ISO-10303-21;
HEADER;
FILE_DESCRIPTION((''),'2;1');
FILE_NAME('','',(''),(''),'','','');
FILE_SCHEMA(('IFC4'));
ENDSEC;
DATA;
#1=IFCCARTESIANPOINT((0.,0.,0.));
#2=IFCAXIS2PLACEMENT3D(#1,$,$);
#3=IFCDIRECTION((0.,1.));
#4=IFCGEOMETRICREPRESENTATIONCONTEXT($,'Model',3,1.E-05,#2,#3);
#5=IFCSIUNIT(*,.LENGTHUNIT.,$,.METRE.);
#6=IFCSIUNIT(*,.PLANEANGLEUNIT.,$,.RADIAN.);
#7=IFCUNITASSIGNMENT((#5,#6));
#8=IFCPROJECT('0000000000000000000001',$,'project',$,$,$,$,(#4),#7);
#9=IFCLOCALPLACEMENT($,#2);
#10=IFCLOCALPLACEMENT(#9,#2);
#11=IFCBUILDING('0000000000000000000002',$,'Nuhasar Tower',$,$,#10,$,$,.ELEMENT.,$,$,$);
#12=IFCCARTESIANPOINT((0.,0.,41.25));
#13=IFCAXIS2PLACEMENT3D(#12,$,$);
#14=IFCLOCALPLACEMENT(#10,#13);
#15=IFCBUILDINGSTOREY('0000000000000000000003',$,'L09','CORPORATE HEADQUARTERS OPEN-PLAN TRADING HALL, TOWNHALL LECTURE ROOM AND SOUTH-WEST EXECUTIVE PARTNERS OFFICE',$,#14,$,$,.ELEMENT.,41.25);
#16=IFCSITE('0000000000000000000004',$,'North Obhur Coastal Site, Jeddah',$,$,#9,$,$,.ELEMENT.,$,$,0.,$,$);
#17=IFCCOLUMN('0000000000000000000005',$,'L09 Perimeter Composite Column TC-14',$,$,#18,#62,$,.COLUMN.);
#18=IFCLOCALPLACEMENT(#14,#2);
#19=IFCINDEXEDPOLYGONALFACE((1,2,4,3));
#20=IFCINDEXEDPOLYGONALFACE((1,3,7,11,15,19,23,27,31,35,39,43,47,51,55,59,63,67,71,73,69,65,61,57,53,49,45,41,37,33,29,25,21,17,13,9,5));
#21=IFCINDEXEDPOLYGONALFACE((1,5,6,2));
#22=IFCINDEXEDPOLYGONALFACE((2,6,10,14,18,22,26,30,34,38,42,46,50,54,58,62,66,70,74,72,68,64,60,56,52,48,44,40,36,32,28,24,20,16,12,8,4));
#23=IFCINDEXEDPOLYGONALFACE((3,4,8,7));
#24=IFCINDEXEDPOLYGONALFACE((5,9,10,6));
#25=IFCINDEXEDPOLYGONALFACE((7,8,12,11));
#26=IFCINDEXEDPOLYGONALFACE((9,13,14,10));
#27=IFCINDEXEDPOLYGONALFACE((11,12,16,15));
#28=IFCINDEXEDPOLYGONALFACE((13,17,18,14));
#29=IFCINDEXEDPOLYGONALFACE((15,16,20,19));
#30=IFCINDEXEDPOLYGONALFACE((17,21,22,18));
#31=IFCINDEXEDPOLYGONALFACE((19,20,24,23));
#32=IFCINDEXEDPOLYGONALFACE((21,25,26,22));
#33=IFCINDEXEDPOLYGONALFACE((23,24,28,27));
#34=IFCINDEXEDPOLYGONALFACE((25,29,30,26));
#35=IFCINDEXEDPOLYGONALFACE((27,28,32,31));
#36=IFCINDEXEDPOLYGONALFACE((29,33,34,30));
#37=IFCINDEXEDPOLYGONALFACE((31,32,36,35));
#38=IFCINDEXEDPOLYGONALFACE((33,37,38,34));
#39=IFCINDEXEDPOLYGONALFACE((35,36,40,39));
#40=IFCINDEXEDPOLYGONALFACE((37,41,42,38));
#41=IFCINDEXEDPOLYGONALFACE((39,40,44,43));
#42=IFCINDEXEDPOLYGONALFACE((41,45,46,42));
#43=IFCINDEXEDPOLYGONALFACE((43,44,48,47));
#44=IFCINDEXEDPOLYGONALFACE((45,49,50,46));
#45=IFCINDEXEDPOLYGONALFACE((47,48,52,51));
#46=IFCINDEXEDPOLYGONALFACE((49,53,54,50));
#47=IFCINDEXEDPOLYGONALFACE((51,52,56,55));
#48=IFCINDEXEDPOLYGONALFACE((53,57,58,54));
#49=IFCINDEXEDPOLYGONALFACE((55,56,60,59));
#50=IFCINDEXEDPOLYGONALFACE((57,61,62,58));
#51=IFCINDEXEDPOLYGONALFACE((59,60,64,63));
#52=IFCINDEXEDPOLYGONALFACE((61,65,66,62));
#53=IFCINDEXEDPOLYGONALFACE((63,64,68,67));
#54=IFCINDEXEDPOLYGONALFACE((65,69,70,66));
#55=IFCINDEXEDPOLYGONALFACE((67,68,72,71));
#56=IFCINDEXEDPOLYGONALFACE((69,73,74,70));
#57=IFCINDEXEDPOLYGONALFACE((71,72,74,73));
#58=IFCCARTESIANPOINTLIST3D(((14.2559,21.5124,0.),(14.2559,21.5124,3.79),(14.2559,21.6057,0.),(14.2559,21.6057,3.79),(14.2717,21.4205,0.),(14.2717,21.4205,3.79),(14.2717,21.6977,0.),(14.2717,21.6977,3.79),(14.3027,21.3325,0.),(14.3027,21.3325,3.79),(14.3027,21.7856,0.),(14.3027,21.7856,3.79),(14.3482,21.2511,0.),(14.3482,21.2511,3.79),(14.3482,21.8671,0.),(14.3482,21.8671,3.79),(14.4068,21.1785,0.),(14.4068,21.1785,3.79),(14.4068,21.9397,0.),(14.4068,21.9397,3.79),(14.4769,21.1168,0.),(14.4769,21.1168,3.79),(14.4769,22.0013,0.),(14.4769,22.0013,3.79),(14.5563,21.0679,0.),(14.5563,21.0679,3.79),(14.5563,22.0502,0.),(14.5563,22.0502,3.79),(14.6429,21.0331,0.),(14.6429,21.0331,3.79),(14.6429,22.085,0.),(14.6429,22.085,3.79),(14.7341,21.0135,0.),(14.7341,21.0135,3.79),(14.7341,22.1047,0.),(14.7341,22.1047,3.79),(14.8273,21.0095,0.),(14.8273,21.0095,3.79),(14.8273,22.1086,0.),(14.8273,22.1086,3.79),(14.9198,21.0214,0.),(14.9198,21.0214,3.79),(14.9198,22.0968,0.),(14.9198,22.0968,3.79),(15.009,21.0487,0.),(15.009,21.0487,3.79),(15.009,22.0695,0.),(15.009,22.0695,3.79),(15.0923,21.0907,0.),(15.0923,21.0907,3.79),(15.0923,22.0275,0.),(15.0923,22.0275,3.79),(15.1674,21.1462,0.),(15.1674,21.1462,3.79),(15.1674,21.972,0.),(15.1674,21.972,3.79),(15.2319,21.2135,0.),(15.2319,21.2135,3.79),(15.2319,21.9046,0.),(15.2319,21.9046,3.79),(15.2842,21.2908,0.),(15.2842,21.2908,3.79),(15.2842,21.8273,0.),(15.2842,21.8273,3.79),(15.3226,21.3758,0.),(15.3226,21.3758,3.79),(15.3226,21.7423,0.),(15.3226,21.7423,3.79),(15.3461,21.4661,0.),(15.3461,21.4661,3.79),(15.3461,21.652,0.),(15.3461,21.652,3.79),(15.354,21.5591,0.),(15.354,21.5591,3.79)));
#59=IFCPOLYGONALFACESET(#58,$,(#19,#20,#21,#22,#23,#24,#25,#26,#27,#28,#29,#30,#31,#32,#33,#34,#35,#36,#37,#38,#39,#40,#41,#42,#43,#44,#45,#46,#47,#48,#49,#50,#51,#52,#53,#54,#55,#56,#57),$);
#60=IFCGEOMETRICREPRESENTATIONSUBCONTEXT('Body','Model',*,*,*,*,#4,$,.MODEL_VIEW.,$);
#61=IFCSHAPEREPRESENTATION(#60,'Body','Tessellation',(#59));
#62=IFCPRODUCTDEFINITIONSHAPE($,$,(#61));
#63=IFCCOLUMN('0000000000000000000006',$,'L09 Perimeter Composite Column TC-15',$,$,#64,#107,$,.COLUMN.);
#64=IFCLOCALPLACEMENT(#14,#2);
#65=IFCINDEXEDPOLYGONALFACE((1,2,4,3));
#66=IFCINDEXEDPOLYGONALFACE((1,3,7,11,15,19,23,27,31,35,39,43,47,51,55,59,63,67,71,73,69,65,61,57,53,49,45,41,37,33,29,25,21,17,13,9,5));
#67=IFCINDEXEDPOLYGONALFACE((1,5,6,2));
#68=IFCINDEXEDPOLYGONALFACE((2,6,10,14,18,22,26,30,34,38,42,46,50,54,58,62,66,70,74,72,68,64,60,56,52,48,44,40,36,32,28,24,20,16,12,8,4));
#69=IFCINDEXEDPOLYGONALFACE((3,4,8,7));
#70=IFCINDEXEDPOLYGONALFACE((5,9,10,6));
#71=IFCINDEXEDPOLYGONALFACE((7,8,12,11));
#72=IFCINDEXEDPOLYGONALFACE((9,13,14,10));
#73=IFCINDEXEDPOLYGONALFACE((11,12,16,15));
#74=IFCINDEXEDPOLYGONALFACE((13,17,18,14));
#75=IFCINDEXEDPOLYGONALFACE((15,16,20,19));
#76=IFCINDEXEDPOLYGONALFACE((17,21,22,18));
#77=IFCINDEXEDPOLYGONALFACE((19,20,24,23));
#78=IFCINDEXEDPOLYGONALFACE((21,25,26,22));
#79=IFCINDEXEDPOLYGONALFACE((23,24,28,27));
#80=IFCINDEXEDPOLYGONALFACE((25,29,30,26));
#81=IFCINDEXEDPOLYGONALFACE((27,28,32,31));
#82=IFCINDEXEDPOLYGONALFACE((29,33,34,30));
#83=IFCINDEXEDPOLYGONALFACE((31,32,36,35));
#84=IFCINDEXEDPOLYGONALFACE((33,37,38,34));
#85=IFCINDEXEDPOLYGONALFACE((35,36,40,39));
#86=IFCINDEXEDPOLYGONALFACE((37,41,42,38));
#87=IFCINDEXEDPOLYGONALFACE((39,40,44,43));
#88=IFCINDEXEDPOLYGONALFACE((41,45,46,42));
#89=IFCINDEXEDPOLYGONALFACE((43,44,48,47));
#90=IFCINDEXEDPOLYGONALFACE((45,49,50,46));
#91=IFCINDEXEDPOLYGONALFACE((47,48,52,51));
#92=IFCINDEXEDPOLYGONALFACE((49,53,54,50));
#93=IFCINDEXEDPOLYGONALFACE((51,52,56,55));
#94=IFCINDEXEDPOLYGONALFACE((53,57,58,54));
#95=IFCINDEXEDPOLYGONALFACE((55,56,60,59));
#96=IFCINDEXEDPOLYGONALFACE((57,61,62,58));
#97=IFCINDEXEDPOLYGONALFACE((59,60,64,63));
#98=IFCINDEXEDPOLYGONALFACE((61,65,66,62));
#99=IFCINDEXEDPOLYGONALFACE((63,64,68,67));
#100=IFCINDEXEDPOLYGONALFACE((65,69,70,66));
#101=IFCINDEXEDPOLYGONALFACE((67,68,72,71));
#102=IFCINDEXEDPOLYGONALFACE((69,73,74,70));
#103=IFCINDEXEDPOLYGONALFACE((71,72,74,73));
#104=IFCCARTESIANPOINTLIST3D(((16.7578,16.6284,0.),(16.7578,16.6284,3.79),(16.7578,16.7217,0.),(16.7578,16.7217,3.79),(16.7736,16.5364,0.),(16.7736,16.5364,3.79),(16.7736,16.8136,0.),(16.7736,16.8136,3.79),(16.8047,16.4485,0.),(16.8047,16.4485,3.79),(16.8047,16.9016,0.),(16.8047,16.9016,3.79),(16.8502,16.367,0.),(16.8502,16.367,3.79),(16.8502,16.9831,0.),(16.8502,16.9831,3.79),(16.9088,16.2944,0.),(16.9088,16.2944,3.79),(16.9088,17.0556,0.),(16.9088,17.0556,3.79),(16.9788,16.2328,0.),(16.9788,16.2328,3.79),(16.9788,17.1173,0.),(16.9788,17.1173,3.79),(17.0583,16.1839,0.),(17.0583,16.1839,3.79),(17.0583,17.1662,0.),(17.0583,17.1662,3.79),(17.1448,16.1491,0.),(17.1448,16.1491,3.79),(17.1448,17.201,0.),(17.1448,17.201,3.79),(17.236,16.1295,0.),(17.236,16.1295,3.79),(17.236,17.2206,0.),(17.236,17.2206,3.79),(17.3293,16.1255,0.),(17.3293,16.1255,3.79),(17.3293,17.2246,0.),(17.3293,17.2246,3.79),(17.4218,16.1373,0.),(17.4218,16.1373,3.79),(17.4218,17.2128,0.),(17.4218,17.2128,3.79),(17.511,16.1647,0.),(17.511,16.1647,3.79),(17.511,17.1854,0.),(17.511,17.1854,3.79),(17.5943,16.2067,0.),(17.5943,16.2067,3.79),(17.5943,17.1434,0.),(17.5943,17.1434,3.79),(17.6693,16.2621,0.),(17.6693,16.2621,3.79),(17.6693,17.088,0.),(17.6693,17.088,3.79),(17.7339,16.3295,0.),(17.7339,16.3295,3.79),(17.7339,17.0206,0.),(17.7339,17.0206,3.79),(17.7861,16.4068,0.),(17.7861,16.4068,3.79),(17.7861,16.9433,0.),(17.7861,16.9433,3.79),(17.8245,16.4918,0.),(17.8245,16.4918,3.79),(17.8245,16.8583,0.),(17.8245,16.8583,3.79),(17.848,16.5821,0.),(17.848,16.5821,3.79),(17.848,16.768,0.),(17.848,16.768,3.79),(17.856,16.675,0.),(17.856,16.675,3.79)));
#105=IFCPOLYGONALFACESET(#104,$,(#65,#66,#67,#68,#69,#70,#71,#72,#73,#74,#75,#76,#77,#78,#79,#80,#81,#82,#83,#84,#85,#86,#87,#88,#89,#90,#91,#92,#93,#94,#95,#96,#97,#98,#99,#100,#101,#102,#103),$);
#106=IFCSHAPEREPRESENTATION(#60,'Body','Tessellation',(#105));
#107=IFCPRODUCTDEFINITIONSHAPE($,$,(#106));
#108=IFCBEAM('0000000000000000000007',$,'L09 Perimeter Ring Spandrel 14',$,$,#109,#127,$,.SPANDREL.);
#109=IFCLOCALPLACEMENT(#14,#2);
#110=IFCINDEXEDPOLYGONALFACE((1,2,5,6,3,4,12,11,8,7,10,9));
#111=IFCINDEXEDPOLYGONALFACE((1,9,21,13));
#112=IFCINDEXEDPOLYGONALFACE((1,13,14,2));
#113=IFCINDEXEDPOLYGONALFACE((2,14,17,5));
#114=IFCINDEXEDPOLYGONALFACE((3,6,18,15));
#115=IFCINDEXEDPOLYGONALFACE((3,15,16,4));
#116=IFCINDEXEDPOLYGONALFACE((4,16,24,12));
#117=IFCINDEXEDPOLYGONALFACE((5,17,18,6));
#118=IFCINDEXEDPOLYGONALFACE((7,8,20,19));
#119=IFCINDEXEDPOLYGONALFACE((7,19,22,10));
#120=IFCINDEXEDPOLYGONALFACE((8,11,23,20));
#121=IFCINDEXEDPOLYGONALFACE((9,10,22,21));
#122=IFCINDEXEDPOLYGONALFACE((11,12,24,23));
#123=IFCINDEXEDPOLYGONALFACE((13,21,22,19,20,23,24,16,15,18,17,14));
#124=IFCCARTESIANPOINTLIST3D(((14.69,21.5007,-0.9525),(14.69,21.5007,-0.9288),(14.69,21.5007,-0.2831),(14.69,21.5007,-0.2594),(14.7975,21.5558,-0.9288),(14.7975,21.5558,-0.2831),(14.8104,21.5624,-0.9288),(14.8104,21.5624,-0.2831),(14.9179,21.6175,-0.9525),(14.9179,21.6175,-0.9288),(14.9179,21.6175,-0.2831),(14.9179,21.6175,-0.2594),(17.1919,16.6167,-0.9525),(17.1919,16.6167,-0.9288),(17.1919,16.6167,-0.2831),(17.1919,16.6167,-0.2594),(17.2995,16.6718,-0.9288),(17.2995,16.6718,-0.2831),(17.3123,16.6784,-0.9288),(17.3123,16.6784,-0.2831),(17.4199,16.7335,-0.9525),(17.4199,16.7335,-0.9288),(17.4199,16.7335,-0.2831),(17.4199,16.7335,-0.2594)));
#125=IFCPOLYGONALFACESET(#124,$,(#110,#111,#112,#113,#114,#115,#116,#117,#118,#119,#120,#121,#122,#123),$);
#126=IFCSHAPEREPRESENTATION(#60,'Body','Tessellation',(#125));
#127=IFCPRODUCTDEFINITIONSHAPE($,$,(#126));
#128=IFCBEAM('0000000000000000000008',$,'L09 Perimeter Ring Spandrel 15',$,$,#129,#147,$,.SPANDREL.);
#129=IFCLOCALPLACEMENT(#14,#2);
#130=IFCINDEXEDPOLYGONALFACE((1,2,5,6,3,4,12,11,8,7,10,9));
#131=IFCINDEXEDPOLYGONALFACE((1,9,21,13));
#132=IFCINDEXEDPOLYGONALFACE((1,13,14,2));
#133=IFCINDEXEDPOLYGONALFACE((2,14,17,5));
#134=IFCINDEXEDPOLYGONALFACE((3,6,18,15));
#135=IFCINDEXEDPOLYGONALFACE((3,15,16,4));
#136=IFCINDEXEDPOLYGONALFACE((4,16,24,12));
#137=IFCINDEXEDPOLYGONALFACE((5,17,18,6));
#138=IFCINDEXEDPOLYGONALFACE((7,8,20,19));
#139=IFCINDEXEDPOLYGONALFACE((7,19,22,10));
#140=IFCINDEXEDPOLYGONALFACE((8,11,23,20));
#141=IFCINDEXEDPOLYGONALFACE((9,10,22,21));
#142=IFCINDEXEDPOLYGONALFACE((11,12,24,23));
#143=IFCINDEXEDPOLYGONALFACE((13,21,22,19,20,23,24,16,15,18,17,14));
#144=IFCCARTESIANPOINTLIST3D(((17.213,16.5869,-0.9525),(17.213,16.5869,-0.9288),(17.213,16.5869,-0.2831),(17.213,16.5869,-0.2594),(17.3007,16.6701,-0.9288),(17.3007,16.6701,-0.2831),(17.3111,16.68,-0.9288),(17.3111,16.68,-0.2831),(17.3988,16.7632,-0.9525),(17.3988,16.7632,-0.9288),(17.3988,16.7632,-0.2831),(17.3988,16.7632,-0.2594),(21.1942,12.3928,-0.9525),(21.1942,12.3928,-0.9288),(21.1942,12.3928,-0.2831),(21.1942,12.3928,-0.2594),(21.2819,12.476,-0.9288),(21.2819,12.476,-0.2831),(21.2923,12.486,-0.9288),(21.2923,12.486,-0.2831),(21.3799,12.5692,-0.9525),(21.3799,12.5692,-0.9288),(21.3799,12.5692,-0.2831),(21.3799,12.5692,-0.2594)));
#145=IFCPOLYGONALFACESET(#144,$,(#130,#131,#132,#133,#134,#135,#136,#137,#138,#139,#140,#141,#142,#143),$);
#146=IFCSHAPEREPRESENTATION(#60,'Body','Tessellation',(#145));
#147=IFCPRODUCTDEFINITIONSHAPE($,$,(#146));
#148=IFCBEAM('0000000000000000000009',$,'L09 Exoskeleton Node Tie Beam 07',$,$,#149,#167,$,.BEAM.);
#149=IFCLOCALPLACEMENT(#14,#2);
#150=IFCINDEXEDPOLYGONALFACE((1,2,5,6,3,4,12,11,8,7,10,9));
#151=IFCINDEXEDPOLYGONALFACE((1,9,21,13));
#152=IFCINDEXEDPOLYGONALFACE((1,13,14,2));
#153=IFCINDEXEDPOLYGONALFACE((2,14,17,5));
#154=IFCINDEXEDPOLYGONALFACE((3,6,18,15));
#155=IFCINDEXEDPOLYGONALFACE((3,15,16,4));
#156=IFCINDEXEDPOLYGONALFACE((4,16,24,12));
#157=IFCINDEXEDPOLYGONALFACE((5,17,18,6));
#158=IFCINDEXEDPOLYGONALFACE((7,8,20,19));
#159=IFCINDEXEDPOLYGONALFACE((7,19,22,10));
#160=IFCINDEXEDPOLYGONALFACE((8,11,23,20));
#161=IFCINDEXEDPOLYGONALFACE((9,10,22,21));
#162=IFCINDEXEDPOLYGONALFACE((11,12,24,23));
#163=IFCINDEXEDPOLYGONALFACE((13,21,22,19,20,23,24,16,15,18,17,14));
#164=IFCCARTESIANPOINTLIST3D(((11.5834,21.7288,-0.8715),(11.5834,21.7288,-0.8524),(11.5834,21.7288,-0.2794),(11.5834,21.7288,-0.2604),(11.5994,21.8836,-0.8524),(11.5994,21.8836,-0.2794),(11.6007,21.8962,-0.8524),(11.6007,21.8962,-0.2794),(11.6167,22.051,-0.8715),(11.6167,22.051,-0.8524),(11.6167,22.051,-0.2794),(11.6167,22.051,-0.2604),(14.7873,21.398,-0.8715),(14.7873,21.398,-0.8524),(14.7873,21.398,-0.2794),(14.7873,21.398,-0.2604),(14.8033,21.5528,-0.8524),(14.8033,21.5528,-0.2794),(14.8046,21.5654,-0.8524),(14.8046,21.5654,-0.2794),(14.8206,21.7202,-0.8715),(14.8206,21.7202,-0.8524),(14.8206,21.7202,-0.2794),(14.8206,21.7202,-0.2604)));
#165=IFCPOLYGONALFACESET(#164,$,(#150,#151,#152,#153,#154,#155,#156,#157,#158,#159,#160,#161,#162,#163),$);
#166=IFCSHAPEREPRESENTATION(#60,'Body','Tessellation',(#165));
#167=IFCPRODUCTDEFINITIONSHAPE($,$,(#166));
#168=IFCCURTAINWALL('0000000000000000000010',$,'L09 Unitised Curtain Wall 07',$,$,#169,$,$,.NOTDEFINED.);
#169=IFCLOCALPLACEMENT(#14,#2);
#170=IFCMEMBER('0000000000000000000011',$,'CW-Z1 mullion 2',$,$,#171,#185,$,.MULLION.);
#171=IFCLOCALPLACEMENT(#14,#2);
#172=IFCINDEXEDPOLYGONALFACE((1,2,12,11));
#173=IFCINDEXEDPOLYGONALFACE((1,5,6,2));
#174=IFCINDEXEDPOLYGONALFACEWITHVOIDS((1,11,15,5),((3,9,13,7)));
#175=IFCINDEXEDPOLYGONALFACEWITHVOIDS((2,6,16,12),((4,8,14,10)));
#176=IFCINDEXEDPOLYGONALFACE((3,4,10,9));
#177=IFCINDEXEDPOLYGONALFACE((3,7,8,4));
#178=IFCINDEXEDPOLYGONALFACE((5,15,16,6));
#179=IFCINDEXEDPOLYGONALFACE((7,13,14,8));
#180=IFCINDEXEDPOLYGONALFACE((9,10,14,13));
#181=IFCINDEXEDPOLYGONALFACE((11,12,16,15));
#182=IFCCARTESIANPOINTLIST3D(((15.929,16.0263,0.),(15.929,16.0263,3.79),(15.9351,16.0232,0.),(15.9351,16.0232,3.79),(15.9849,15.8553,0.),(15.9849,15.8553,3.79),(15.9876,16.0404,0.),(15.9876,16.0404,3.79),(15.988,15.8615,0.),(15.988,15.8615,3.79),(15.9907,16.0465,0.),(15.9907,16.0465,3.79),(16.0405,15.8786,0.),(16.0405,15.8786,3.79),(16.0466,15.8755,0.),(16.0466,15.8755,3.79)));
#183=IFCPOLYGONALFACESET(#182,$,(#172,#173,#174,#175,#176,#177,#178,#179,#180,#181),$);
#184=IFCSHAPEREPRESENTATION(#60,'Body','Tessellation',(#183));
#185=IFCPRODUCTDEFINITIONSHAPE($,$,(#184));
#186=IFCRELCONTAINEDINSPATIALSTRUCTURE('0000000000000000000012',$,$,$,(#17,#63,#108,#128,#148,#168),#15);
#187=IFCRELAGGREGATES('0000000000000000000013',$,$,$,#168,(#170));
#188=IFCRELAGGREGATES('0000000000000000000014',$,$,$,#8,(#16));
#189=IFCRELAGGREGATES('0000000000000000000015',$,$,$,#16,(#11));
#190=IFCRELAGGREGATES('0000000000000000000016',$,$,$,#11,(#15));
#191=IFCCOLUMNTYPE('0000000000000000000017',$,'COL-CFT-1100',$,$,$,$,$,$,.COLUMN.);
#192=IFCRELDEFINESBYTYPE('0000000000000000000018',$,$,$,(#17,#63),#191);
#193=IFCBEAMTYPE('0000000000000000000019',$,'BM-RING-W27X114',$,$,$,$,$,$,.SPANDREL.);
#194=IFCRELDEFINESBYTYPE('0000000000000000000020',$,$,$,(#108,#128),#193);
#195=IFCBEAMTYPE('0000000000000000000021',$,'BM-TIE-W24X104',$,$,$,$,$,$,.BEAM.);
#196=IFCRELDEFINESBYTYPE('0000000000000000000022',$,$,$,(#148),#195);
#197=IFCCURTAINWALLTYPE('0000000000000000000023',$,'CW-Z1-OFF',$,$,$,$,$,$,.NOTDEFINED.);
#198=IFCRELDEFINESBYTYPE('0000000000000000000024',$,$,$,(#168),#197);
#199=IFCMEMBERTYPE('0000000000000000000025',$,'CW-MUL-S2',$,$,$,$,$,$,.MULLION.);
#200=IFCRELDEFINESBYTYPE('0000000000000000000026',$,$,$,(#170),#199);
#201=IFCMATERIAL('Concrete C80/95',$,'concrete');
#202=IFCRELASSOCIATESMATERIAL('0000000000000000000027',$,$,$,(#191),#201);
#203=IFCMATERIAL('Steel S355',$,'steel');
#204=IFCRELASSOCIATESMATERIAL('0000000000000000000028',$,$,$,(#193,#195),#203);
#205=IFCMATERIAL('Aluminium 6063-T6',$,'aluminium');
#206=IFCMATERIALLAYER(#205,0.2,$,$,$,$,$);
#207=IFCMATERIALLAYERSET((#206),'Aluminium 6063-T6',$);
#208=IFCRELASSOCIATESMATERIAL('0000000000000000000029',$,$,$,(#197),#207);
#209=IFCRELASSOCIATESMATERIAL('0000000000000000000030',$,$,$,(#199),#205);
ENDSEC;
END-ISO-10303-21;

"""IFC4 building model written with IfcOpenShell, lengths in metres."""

from ifc_helpers import new_model, si_unit, direction, frame, origin, origin_2d, place, context, subcontext, project, spatial, hollow_rectangle, circle, i_section, extrude, material, layer, layer_set, material_profile, profile_set, type_object, element, aggregate, save


model = new_model("IFC4")

# Units and contexts
model_context = context("Model", 3, precision=1e-05, world=origin(), true_north=direction((0.0, 1.0)))
body_context = subcontext(model_context, "Body", "Model", "MODEL_VIEW")
ifc_project = project(units=[si_unit("LENGTHUNIT", "METRE"), si_unit("PLANEANGLEUNIT", "RADIAN")], contexts=[model_context])

# Site, building, storey
site_placement = place(None, origin())
site = spatial("IfcSite", under=ifc_project, at=site_placement, Name="North Obhur Coastal Site, Jeddah", CompositionType="ELEMENT", RefElevation=0.0)
building_placement = place(site_placement, origin())
building = spatial("IfcBuilding", under=site, at=building_placement, Name="Nuhasar Tower", CompositionType="ELEMENT")
storey_placement = place(building_placement, frame((0.0, 0.0, 41.25)))
storey = spatial("IfcBuildingStorey", under=building, at=storey_placement, Name="L09", Description="CORPORATE HEADQUARTERS OPEN-PLAN TRADING HALL, TOWNHALL LECTURE ROOM AND SOUTH-WEST EXECUTIVE PARTNERS OFFICE", CompositionType="ELEMENT", Elevation=41.25)

# Columns
ifc_material_1 = material(Name="Concrete C80/95", Category="concrete")
ifc_material_profile_1 = material_profile(ifc_material_1, circle(Radius=0.55, at=origin_2d()), Name="CFT1100")
ifc_profile_set_1 = profile_set([ifc_material_profile_1], Name="Concrete C80/95")
column_type = type_object("IfcColumnType", Name="COL-CFT-1100", PredefinedType="COLUMN", material=ifc_profile_set_1)
for number, where, z_axis, x_axis, name in (
    (1, (14.804, 21.5591, 0.0), (0.0, 0.0, 1.0), (1.0, 0.0, 0.0), "L09 Perimeter Composite Column TC-14"),
    (2, (17.3059, 16.675, 0.0), (0.0, 0.0, 1.0), (1.0, 0.0, 0.0), "L09 Perimeter Composite Column TC-15"),
):
    element("IfcColumn", number, at=place(storey_placement, frame(where, z_axis=z_axis, x_axis=x_axis)), inside=storey, type_object=column_type, Name=name, PredefinedType="COLUMN", context=body_context, shape_type="SweptSolid", body=[
        extrude(circle(Radius=0.55, at=origin_2d()), origin(), (0.0, 0.0, 1.0), 3.79),
    ])

# Beams
ifc_material_2 = material(Name="Steel S355", Category="steel")
ifc_material_profile_2 = material_profile(ifc_material_2, i_section(OverallWidth=0.2561, OverallDepth=0.6931, WebThickness=0.0144, FlangeThickness=0.0237, at=origin_2d()), Name="W27X114")
ifc_profile_set_2 = profile_set([ifc_material_profile_2], Name="Steel S355")
beam_type_1 = type_object("IfcBeamType", Name="BM-RING-W27X114", PredefinedType="SPANDREL", material=ifc_profile_set_2)
beam_1_placement = place(storey_placement, frame((14.804, 21.5591, -0.606), z_axis=(0.45593, -0.890016, 0.0), x_axis=(0.890016, 0.45593, 0.0)))
element("IfcBeam", 3, at=beam_1_placement, inside=storey, type_object=beam_type_1, Name="L09 Perimeter Ring Spandrel 14", PredefinedType="SPANDREL", context=body_context, shape_type="SweptSolid", body=[
    extrude(i_section(OverallWidth=0.2561, OverallDepth=0.6931, WebThickness=0.0144, FlangeThickness=0.0237, at=origin_2d()), origin(), (0.0, 0.0, 1.0), 5.4875),
])
beam_2_placement = place(storey_placement, frame((17.3059, 16.675, -0.606), z_axis=(0.68846, -0.725274, 0.0), x_axis=(0.725274, 0.68846, 0.0)))
element("IfcBeam", 4, at=beam_2_placement, inside=storey, type_object=beam_type_1, Name="L09 Perimeter Ring Spandrel 15", PredefinedType="SPANDREL", context=body_context, shape_type="SweptSolid", body=[
    extrude(i_section(OverallWidth=0.2561, OverallDepth=0.6931, WebThickness=0.0144, FlangeThickness=0.0237, at=origin_2d()), origin(), (0.0, 0.0, 1.0), 5.7827),
])
ifc_material_profile_3 = material_profile(ifc_material_2, i_section(OverallWidth=0.324, OverallDepth=0.6111, WebThickness=0.0127, FlangeThickness=0.019, at=origin_2d()), Name="W24X104")
ifc_profile_set_3 = profile_set([ifc_material_profile_3], Name="Steel S355")
beam_type_2 = type_object("IfcBeamType", Name="BM-TIE-W24X104", PredefinedType="BEAM", material=ifc_profile_set_3)
beam_3_placement = place(storey_placement, frame((14.804, 21.5591, -0.5659), z_axis=(-0.994712, 0.102708, 0.0), x_axis=(-0.102708, -0.994712, 0.0)))
element("IfcBeam", 5, at=beam_3_placement, inside=storey, type_object=beam_type_2, Name="L09 Exoskeleton Node Tie Beam 07", PredefinedType="BEAM", context=body_context, shape_type="SweptSolid", body=[
    extrude(i_section(OverallWidth=0.324, OverallDepth=0.6111, WebThickness=0.0127, FlangeThickness=0.019, at=origin_2d()), origin(), (0.0, 0.0, 1.0), 3.2209),
])

# Curtain wall, member
ifc_material_3 = material(Name="Aluminium 6063-T6", Category="aluminium")
ifc_layer_1 = layer(ifc_material_3, 0.2)
ifc_layer_set_1 = layer_set([ifc_layer_1], Name="Aluminium 6063-T6")
curtain_wall_type = type_object("IfcCurtainWallType", Name="CW-Z1-OFF", PredefinedType="NOTDEFINED", material=ifc_layer_set_1)
curtain_wall_1_placement = place(storey_placement, origin())
curtain_wall_1 = element("IfcCurtainWall", 6, at=curtain_wall_1_placement, inside=storey, type_object=curtain_wall_type, Name="L09 Unitised Curtain Wall 07", PredefinedType="NOTDEFINED")
ifc_material_profile_4 = material_profile(ifc_material_3, hollow_rectangle(XDim=0.0649, YDim=0.1799, WallThickness=0.0049, at=origin_2d()), Name="CWM-2")
ifc_profile_set_4 = profile_set([ifc_material_profile_4], Name="Aluminium 6063-T6")
member_type_1 = type_object("IfcMemberType", Name="CW-MUL-S2", PredefinedType="MULLION", material=ifc_profile_set_4)
member_1_placement = place(storey_placement, frame((15.9878, 15.9509, 0.0), z_axis=(0.0, 0.0, 1.0), x_axis=(0.950468, 0.310824, 0.0)))
member_1 = element("IfcMember", 7, at=member_1_placement, type_object=member_type_1, Name="CW-Z1 mullion 2", PredefinedType="MULLION", context=body_context, shape_type="SweptSolid", body=[
    extrude(hollow_rectangle(XDim=0.0649, YDim=0.1799, WallThickness=0.0049, at=origin_2d()), origin(), (0.0, 0.0, 1.0), 3.79),
])

aggregate(curtain_wall_1, [member_1])

save(model, "model.ifc")
